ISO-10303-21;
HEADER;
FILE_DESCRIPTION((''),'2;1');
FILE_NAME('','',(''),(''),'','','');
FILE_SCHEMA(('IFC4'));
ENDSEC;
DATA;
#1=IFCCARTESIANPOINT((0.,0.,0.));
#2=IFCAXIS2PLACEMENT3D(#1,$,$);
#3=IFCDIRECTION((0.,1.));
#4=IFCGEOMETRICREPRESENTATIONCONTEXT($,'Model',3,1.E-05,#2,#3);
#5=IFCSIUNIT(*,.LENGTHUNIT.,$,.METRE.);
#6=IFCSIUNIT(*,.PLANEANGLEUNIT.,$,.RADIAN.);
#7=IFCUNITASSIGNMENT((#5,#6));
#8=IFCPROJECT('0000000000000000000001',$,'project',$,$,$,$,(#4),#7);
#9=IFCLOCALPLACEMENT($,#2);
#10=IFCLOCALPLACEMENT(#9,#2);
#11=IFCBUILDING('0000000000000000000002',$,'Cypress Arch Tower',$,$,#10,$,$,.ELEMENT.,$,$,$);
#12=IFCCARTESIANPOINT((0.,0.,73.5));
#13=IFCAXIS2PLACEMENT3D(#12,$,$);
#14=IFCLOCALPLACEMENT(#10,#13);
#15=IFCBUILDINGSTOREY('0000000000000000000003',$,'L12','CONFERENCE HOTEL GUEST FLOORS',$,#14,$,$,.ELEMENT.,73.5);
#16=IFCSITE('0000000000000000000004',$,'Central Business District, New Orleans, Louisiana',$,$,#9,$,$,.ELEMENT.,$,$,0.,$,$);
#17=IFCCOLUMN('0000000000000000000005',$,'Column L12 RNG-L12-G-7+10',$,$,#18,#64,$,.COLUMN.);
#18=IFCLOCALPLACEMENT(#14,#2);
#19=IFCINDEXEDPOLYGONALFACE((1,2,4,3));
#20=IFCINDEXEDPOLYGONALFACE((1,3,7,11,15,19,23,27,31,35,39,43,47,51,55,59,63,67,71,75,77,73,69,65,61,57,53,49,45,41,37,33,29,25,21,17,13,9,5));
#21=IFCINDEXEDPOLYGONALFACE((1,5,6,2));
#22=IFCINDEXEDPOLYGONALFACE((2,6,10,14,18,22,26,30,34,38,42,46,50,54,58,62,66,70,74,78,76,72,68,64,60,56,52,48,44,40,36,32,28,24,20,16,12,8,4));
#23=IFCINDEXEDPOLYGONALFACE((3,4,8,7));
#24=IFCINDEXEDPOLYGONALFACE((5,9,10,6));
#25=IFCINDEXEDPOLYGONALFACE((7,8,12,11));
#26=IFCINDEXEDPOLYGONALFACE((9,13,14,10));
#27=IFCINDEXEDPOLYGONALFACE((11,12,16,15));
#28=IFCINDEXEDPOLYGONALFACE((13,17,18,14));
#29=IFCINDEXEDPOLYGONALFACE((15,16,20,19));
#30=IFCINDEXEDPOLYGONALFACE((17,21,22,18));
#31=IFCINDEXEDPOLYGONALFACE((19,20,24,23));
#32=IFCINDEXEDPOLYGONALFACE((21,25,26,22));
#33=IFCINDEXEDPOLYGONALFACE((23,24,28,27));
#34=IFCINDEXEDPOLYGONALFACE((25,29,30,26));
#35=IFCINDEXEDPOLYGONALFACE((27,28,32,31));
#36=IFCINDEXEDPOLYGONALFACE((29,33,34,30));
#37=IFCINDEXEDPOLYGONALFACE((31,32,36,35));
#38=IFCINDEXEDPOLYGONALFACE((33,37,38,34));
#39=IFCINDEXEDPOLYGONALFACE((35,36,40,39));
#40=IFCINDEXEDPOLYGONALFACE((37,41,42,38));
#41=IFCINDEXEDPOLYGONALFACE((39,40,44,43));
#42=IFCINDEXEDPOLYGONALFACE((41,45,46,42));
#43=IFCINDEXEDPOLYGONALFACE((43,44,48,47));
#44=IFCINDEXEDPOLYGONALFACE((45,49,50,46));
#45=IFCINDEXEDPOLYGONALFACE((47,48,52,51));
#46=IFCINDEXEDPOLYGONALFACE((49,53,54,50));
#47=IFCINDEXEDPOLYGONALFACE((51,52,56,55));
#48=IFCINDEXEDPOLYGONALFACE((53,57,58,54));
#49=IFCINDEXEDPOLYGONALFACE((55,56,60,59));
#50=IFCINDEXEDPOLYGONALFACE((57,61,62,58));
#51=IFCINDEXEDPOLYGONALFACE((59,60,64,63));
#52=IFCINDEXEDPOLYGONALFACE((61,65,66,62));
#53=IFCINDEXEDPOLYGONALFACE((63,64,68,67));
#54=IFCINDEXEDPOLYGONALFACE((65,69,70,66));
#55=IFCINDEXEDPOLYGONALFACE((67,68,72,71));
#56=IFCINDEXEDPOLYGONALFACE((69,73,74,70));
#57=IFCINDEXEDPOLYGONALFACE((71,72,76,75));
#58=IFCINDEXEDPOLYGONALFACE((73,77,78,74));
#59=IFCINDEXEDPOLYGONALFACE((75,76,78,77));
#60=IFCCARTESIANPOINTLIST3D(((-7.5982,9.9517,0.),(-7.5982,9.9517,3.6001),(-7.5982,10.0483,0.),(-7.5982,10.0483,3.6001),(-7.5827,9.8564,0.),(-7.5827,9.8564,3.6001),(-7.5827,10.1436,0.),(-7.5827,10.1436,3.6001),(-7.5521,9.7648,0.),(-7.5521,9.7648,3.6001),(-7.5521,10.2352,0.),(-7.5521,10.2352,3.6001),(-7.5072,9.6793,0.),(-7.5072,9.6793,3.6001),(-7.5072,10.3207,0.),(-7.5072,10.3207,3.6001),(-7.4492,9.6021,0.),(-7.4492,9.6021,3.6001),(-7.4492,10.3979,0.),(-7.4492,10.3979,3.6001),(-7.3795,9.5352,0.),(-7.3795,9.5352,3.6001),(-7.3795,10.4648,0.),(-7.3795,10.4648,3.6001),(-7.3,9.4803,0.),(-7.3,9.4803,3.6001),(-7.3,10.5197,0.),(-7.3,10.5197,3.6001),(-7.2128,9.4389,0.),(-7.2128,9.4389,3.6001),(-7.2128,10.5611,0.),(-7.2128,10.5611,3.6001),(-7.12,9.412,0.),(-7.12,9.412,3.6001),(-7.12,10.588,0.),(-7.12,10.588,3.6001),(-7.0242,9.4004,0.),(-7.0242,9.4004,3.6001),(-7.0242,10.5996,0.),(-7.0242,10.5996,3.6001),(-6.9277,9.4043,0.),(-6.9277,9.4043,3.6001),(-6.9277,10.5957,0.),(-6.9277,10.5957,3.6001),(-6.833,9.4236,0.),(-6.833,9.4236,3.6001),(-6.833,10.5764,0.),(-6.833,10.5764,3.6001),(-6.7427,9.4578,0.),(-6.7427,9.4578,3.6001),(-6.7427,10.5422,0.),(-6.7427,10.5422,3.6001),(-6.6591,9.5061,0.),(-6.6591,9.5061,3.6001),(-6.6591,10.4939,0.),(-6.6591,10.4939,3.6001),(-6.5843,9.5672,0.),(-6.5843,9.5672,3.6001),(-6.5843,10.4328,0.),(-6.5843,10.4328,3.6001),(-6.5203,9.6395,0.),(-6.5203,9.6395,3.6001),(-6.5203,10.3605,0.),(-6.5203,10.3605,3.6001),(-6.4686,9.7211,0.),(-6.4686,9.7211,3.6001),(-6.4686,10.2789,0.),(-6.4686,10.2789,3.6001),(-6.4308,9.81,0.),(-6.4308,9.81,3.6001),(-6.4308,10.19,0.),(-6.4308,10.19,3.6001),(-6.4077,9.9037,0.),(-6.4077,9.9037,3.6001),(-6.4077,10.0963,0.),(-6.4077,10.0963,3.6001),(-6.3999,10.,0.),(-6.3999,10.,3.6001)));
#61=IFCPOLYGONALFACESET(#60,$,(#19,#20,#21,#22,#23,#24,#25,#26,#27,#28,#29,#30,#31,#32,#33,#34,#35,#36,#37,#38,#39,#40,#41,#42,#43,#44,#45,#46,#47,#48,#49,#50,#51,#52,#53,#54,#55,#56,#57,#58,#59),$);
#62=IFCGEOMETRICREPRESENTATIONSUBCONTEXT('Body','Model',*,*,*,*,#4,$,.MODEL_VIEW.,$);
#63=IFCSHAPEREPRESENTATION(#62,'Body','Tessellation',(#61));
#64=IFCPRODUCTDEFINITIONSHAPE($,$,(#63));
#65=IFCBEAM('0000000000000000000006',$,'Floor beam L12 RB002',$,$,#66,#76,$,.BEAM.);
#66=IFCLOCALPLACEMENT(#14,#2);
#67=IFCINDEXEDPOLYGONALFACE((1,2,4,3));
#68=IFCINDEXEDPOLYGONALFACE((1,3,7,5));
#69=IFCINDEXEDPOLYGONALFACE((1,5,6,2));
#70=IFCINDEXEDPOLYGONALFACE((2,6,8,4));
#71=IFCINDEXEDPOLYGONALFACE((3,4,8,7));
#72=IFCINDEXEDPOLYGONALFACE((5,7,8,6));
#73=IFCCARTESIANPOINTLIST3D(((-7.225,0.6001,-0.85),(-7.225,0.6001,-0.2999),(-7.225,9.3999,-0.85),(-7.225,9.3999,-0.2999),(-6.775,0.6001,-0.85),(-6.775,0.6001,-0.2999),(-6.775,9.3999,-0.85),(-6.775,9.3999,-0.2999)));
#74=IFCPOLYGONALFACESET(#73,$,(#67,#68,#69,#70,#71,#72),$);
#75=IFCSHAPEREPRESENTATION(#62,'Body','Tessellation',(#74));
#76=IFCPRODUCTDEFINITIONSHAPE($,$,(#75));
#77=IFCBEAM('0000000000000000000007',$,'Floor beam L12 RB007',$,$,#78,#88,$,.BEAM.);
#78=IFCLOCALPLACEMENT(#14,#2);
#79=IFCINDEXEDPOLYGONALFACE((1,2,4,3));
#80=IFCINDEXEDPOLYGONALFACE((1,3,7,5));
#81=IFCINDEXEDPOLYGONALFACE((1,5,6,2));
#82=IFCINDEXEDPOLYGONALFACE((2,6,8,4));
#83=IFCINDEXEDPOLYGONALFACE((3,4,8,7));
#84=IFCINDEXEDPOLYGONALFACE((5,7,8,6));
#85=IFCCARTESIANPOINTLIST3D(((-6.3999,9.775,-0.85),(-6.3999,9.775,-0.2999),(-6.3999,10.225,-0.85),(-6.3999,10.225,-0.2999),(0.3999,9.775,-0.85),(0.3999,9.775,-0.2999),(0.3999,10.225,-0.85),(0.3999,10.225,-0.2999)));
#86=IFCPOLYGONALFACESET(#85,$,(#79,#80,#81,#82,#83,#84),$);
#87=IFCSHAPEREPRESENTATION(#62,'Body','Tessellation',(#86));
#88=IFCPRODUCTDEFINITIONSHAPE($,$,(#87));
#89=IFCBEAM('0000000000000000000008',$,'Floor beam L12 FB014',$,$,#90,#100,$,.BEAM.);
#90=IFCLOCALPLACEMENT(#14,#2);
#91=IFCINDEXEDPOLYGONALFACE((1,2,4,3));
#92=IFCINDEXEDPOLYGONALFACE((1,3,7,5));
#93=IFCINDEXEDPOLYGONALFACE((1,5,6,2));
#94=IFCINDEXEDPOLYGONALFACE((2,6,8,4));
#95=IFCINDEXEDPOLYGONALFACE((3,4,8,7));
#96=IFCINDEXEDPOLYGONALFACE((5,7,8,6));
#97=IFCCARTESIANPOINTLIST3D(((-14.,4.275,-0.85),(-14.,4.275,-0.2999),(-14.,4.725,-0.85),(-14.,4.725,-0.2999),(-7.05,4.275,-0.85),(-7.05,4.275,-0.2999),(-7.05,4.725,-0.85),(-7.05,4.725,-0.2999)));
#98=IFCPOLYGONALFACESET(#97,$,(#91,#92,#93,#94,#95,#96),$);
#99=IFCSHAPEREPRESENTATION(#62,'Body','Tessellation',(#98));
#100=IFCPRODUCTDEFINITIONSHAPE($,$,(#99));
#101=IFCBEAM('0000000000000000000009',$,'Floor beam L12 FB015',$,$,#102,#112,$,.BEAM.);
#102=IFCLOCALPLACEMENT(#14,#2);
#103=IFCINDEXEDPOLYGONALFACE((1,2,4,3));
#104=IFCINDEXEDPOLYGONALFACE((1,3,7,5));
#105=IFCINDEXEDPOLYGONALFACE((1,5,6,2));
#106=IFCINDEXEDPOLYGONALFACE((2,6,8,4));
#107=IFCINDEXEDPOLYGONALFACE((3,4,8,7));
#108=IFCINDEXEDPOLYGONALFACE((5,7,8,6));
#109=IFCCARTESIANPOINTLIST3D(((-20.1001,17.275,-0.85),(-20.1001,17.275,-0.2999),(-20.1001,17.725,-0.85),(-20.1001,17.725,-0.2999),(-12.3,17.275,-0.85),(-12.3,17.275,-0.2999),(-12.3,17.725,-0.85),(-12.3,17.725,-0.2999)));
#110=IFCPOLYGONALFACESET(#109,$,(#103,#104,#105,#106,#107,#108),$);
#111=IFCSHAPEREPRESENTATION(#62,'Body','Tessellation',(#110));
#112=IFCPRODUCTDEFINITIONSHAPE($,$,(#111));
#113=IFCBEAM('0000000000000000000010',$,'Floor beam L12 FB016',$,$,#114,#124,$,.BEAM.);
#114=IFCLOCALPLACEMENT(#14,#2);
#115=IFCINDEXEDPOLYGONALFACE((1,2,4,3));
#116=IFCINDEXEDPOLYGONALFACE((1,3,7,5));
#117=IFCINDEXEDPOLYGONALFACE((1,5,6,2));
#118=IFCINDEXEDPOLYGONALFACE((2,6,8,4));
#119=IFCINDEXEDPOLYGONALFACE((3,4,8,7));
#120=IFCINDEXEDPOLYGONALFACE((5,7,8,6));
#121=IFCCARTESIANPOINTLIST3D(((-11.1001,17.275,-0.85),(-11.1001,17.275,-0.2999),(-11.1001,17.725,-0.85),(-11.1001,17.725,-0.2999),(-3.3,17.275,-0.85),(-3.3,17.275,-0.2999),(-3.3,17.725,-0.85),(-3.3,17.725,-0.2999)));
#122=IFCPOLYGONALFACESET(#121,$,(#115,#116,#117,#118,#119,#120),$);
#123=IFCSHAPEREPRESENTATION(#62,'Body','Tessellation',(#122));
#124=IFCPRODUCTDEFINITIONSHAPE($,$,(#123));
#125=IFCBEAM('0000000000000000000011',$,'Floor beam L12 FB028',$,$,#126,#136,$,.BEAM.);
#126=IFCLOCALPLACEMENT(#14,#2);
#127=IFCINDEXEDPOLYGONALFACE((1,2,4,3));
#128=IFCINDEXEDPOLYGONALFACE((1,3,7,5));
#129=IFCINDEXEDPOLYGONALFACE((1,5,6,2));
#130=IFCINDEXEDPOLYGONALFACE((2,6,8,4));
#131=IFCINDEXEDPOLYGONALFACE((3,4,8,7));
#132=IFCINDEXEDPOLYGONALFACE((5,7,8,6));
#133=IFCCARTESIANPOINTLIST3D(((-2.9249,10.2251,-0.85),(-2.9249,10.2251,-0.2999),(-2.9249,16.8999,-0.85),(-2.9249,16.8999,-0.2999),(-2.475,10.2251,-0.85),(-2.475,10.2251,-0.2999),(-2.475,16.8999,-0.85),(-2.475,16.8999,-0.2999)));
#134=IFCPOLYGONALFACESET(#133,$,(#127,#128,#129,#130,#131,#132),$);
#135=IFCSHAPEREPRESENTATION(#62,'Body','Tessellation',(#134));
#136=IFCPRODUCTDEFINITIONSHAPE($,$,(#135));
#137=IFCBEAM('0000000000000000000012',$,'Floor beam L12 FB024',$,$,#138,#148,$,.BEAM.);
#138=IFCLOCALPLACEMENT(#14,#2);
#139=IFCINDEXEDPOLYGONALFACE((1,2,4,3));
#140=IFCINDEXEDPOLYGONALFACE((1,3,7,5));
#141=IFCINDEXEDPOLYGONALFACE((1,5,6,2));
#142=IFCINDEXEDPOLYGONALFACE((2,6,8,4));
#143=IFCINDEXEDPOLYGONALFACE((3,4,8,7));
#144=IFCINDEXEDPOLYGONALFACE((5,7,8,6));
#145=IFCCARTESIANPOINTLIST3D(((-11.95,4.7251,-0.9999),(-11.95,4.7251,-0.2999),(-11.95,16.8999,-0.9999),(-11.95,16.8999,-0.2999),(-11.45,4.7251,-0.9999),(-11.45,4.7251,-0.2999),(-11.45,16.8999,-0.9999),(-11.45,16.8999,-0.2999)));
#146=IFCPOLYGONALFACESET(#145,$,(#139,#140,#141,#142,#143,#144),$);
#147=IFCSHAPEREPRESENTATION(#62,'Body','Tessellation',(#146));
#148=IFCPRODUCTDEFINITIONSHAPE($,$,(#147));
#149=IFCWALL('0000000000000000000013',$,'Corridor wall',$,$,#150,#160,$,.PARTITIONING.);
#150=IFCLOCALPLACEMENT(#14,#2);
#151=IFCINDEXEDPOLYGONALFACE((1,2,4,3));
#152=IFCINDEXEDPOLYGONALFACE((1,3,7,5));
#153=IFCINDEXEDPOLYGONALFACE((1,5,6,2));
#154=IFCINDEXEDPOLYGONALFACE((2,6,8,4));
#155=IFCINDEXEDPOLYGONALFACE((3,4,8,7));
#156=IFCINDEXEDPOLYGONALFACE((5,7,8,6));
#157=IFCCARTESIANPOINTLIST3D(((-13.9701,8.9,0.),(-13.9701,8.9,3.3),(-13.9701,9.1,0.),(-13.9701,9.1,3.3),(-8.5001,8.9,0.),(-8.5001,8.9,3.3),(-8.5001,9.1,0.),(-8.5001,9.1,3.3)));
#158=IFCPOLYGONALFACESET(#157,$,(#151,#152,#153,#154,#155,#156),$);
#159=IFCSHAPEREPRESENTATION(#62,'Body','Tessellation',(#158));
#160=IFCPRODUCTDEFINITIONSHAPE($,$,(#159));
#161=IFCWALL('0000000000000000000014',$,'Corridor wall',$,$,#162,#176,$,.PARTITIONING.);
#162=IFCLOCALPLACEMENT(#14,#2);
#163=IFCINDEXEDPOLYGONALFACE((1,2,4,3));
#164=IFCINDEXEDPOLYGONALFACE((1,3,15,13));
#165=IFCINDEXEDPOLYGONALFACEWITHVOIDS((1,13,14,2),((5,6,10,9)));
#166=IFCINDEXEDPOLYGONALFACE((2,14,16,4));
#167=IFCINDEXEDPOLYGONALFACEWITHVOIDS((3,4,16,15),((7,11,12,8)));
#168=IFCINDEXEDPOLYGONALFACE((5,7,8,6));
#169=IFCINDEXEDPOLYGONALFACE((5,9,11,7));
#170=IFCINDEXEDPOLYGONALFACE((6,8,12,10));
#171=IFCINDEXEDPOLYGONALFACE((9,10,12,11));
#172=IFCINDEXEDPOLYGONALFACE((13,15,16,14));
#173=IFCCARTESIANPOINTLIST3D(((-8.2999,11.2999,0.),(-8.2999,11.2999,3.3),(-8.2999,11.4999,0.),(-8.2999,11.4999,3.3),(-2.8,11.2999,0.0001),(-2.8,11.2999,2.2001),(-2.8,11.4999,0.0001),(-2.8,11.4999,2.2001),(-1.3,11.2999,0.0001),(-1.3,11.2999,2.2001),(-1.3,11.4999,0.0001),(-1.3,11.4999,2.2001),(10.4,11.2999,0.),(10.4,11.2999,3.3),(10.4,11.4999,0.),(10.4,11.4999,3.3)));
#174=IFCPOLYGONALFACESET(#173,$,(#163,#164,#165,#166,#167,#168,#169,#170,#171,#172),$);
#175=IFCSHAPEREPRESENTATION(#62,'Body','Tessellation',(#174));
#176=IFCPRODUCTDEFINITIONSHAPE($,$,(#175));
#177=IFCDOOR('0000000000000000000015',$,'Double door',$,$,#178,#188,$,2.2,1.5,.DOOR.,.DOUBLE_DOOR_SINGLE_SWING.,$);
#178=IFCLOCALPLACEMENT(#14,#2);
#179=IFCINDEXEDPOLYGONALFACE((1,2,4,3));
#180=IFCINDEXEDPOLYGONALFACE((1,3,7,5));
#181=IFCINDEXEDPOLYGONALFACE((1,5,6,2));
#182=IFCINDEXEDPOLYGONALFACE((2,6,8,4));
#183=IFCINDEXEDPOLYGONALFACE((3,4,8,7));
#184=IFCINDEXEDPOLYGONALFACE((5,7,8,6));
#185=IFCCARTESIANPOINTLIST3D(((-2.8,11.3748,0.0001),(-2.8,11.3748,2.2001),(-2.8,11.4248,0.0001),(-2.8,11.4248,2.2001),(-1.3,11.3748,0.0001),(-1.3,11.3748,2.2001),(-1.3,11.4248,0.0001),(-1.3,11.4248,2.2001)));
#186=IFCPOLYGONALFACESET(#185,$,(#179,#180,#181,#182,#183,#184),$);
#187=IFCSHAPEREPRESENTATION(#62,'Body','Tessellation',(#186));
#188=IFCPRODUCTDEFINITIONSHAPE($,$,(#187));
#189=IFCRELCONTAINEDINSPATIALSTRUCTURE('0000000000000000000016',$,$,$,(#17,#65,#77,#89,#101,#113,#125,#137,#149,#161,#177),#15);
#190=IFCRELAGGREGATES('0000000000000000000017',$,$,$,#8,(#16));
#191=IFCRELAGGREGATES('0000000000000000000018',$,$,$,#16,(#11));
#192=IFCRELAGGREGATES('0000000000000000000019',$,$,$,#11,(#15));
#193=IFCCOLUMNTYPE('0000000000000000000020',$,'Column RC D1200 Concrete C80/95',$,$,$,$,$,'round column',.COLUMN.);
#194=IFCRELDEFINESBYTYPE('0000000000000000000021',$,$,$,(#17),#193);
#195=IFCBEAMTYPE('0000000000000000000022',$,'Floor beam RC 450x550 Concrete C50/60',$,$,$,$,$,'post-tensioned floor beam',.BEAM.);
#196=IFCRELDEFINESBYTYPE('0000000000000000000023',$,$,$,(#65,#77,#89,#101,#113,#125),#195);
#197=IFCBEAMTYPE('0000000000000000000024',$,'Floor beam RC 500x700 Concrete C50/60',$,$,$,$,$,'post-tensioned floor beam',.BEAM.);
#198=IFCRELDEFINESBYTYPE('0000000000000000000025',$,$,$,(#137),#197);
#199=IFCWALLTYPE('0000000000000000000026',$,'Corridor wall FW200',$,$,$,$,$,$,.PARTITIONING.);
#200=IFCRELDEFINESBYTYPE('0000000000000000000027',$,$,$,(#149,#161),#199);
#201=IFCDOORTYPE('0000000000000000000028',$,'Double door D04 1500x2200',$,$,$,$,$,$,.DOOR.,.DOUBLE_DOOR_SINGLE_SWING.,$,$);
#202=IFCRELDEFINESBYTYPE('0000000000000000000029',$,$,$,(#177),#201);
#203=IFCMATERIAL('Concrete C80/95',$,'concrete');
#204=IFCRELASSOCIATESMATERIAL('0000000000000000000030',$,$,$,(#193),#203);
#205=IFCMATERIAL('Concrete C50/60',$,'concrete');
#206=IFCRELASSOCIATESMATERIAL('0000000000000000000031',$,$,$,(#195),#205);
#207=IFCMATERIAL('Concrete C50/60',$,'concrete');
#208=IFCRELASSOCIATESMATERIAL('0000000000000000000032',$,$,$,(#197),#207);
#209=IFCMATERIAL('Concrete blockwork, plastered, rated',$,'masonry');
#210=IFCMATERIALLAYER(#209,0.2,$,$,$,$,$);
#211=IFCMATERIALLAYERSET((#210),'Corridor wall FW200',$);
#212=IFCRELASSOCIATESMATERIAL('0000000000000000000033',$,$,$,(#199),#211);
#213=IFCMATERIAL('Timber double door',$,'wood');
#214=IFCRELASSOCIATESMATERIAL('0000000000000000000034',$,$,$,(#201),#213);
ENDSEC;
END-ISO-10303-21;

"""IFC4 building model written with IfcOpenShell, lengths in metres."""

from ifc_helpers import new_model, si_unit, direction, frame, frame_2d, origin, origin_2d, place, context, subcontext, project, spatial, rectangle, circle, extrude, material, layer, layer_set, material_profile, profile_set, type_object, element, fill, save


model = new_model("IFC4")

# Units and contexts
model_context = context("Model", 3, precision=1e-05, world=origin(), true_north=direction((0.0, 1.0)))
body_context = subcontext(model_context, "Body", "Model", "MODEL_VIEW")
ifc_project = project(units=[si_unit("LENGTHUNIT", "METRE"), si_unit("PLANEANGLEUNIT", "RADIAN")], contexts=[model_context])

# Site, building, storey
site_placement = place(None, origin())
site = spatial("IfcSite", under=ifc_project, at=site_placement, Name="Central Business District, New Orleans, Louisiana", CompositionType="ELEMENT", RefElevation=0.0)
building_placement = place(site_placement, origin())
building = spatial("IfcBuilding", under=site, at=building_placement, Name="Cypress Arch Tower", CompositionType="ELEMENT")
storey_placement = place(building_placement, frame((0.0, 0.0, 73.5)))
storey = spatial("IfcBuildingStorey", under=building, at=storey_placement, Name="L12", Description="CONFERENCE HOTEL GUEST FLOORS", CompositionType="ELEMENT", Elevation=73.5)

# Column
ifc_material_1 = material(Name="Concrete C80/95", Category="concrete")
ifc_material_profile_1 = material_profile(ifc_material_1, circle(Radius=0.6001, at=origin_2d()), Name="RC D1200")
ifc_profile_set_1 = profile_set([ifc_material_profile_1], Name="Concrete C80/95")
column_type = type_object("IfcColumnType", Name="Column RC D1200 Concrete C80/95", ElementType="round column", PredefinedType="COLUMN", material=ifc_profile_set_1)
for number, where, z_axis, x_axis, name in (
    (1, (-7.0, 10.0, 0.0), (0.0, 0.0, 1.0), (1.0, 0.0, 0.0), "Column L12 RNG-L12-G-7+10"),
):
    element("IfcColumn", number, at=place(storey_placement, frame(where, z_axis=z_axis, x_axis=x_axis)), inside=storey, type_object=column_type, Name=name, PredefinedType="COLUMN", context=body_context, shape_type="SweptSolid", body=[
        extrude(circle(Radius=0.6001, at=origin_2d()), origin(), (0.0, 0.0, 1.0), 3.6001),
    ])

# Beams
ifc_material_2 = material(Name="Concrete C50/60", Category="concrete")
ifc_material_profile_2 = material_profile(ifc_material_2, rectangle(XDim=0.45, YDim=0.55, at=origin_2d()), Name="RC 450x550")
ifc_profile_set_2 = profile_set([ifc_material_profile_2], Name="Concrete C50/60")
beam_type_1 = type_object("IfcBeamType", Name="Floor beam RC 450x550 Concrete C50/60", ElementType="post-tensioned floor beam", PredefinedType="BEAM", material=ifc_profile_set_2)
beam_1_placement = place(storey_placement, frame((-7.0, 0.6001, -0.575), z_axis=(0.0, 1.0, 0.0), x_axis=(-1.0, 0.0, 0.0)))
element("IfcBeam", 2, at=beam_1_placement, inside=storey, type_object=beam_type_1, Name="Floor beam L12 RB002", PredefinedType="BEAM", context=body_context, shape_type="SweptSolid", body=[
    extrude(rectangle(XDim=0.45, YDim=0.55, at=origin_2d()), origin(), (0.0, 0.0, 1.0), 8.7998),
])
beam_2_placement = place(storey_placement, frame((-6.3999, 10.0, -0.575), z_axis=(1.0, 0.0, 0.0), x_axis=(0.0, 1.0, 0.0)))
element("IfcBeam", 3, at=beam_2_placement, inside=storey, type_object=beam_type_1, Name="Floor beam L12 RB007", PredefinedType="BEAM", context=body_context, shape_type="SweptSolid", body=[
    extrude(rectangle(XDim=0.45, YDim=0.55, at=origin_2d()), origin(), (0.0, 0.0, 1.0), 6.7998),
])
beam_3_placement = place(storey_placement, frame((-14.0, 4.5, -0.575), z_axis=(1.0, 0.0, 0.0), x_axis=(0.0, 1.0, 0.0)))
element("IfcBeam", 4, at=beam_3_placement, inside=storey, type_object=beam_type_1, Name="Floor beam L12 FB014", PredefinedType="BEAM", context=body_context, shape_type="SweptSolid", body=[
    extrude(rectangle(XDim=0.45, YDim=0.55, at=origin_2d()), origin(), (0.0, 0.0, 1.0), 6.95),
])
for number, where, z_axis, x_axis, name in (
    (5, (-20.1001, 17.5, -0.575), (1.0, 0.0, 0.0), (0.0, 1.0, 0.0), "Floor beam L12 FB015"),
    (6, (-11.1001, 17.5, -0.575), (1.0, 0.0, 0.0), (0.0, 1.0, 0.0), "Floor beam L12 FB016"),
):
    element("IfcBeam", number, at=place(storey_placement, frame(where, z_axis=z_axis, x_axis=x_axis)), inside=storey, type_object=beam_type_1, Name=name, PredefinedType="BEAM", context=body_context, shape_type="SweptSolid", body=[
        extrude(rectangle(XDim=0.45, YDim=0.55, at=origin_2d()), origin(), (0.0, 0.0, 1.0), 7.8),
    ])
beam_4_placement = place(storey_placement, frame((-2.7, 10.2251, -0.575), z_axis=(0.0, 1.0, 0.0), x_axis=(-1.0, 0.0, 0.0)))
element("IfcBeam", 7, at=beam_4_placement, inside=storey, type_object=beam_type_1, Name="Floor beam L12 FB028", PredefinedType="BEAM", context=body_context, shape_type="SweptSolid", body=[
    extrude(rectangle(XDim=0.45, YDim=0.55, at=origin_2d()), origin(), (0.0, 0.0, 1.0), 6.6748),
])
ifc_material_3 = material(Name="Concrete C50/60", Category="concrete")
ifc_material_profile_3 = material_profile(ifc_material_3, rectangle(XDim=0.5, YDim=0.7, at=origin_2d()), Name="RC 500x700")
ifc_profile_set_3 = profile_set([ifc_material_profile_3], Name="Concrete C50/60")
beam_type_2 = type_object("IfcBeamType", Name="Floor beam RC 500x700 Concrete C50/60", ElementType="post-tensioned floor beam", PredefinedType="BEAM", material=ifc_profile_set_3)
beam_5_placement = place(storey_placement, frame((-11.7, 4.7251, -0.6499), z_axis=(0.0, 1.0, 0.0), x_axis=(-1.0, 0.0, 0.0)))
element("IfcBeam", 8, at=beam_5_placement, inside=storey, type_object=beam_type_2, Name="Floor beam L12 FB024", PredefinedType="BEAM", context=body_context, shape_type="SweptSolid", body=[
    extrude(rectangle(XDim=0.5, YDim=0.7, at=origin_2d()), origin(), (0.0, 0.0, 1.0), 12.1748),
])

# Wall
ifc_material_4 = material(Name="Concrete blockwork, plastered, rated", Category="masonry")
ifc_layer_1 = layer(ifc_material_4, 0.2)
ifc_layer_set_1 = layer_set([ifc_layer_1], Name="Corridor wall FW200")
wall_type_1 = type_object("IfcWallType", Name="Corridor wall FW200", PredefinedType="PARTITIONING", material=ifc_layer_set_1)
wall_1_placement = place(storey_placement, frame((-13.97, 9.0, 0.0), z_axis=(0.0, 0.0, 1.0), x_axis=(1.0, 0.0, 0.0)))
element("IfcWall", 9, at=wall_1_placement, inside=storey, type_object=wall_type_1, Name="Corridor wall", PredefinedType="PARTITIONING", context=body_context, shape_type="SweptSolid", body=[
    extrude(rectangle(XDim=5.47, YDim=0.2, at=frame_2d((2.7349, 0.0))), origin(), (0.0, 0.0, 1.0), 3.3),
])

# Wall, opening, door
wall_2_placement = place(storey_placement, frame((-8.3, 11.3999, 0.0), z_axis=(0.0, 0.0, 1.0), x_axis=(1.0, 0.0, 0.0)))
wall_2 = element("IfcWall", 10, at=wall_2_placement, inside=storey, type_object=wall_type_1, Name="Corridor wall", PredefinedType="PARTITIONING", context=body_context, shape_type="SweptSolid", body=[
    extrude(rectangle(XDim=18.7, YDim=0.2, at=frame_2d((9.3501, 0.0))), origin(), (0.0, 0.0, 1.0), 3.3),
])
opening_1_placement = place(wall_2_placement, frame((5.5, 0.0, 0.0)))
opening_1 = element("IfcOpeningElement", 11, at=opening_1_placement, cuts=wall_2, PredefinedType="OPENING", context=body_context, shape_type="SweptSolid", body=[
    extrude(rectangle(XDim=1.5, YDim=2.2, at=frame_2d((0.75, 1.1001))), frame((0.0, 0.1099, 0.0), z_axis=(0.0, -1.0, 0.0), x_axis=(1.0, 0.0, 0.0)), (0.0, 0.0, 1.0), 0.22),
])
ifc_material_5 = material(Name="Timber double door", Category="wood")
door_type_1 = type_object("IfcDoorType", Name="Double door D04 1500x2200", OperationType="DOUBLE_DOOR_SINGLE_SWING", PredefinedType="DOOR", material=ifc_material_5)
door_1_placement = place(opening_1_placement, origin())
door_1 = element("IfcDoor", 12, at=door_1_placement, inside=storey, type_object=door_type_1, Name="Double door", OperationType="DOUBLE_DOOR_SINGLE_SWING", OverallHeight=2.2, OverallWidth=1.5, PredefinedType="DOOR", context=body_context, shape_type="SweptSolid", body=[
    extrude(rectangle(XDim=1.5, YDim=2.2, at=frame_2d((0.75, 1.1001))), frame((0.0, 0.0249, 0.0), z_axis=(0.0, -1.0, 0.0), x_axis=(1.0, 0.0, 0.0)), (0.0, 0.0, 1.0), 0.05),
])
fill(opening_1, door_1)

save(model, "model.ifc")
